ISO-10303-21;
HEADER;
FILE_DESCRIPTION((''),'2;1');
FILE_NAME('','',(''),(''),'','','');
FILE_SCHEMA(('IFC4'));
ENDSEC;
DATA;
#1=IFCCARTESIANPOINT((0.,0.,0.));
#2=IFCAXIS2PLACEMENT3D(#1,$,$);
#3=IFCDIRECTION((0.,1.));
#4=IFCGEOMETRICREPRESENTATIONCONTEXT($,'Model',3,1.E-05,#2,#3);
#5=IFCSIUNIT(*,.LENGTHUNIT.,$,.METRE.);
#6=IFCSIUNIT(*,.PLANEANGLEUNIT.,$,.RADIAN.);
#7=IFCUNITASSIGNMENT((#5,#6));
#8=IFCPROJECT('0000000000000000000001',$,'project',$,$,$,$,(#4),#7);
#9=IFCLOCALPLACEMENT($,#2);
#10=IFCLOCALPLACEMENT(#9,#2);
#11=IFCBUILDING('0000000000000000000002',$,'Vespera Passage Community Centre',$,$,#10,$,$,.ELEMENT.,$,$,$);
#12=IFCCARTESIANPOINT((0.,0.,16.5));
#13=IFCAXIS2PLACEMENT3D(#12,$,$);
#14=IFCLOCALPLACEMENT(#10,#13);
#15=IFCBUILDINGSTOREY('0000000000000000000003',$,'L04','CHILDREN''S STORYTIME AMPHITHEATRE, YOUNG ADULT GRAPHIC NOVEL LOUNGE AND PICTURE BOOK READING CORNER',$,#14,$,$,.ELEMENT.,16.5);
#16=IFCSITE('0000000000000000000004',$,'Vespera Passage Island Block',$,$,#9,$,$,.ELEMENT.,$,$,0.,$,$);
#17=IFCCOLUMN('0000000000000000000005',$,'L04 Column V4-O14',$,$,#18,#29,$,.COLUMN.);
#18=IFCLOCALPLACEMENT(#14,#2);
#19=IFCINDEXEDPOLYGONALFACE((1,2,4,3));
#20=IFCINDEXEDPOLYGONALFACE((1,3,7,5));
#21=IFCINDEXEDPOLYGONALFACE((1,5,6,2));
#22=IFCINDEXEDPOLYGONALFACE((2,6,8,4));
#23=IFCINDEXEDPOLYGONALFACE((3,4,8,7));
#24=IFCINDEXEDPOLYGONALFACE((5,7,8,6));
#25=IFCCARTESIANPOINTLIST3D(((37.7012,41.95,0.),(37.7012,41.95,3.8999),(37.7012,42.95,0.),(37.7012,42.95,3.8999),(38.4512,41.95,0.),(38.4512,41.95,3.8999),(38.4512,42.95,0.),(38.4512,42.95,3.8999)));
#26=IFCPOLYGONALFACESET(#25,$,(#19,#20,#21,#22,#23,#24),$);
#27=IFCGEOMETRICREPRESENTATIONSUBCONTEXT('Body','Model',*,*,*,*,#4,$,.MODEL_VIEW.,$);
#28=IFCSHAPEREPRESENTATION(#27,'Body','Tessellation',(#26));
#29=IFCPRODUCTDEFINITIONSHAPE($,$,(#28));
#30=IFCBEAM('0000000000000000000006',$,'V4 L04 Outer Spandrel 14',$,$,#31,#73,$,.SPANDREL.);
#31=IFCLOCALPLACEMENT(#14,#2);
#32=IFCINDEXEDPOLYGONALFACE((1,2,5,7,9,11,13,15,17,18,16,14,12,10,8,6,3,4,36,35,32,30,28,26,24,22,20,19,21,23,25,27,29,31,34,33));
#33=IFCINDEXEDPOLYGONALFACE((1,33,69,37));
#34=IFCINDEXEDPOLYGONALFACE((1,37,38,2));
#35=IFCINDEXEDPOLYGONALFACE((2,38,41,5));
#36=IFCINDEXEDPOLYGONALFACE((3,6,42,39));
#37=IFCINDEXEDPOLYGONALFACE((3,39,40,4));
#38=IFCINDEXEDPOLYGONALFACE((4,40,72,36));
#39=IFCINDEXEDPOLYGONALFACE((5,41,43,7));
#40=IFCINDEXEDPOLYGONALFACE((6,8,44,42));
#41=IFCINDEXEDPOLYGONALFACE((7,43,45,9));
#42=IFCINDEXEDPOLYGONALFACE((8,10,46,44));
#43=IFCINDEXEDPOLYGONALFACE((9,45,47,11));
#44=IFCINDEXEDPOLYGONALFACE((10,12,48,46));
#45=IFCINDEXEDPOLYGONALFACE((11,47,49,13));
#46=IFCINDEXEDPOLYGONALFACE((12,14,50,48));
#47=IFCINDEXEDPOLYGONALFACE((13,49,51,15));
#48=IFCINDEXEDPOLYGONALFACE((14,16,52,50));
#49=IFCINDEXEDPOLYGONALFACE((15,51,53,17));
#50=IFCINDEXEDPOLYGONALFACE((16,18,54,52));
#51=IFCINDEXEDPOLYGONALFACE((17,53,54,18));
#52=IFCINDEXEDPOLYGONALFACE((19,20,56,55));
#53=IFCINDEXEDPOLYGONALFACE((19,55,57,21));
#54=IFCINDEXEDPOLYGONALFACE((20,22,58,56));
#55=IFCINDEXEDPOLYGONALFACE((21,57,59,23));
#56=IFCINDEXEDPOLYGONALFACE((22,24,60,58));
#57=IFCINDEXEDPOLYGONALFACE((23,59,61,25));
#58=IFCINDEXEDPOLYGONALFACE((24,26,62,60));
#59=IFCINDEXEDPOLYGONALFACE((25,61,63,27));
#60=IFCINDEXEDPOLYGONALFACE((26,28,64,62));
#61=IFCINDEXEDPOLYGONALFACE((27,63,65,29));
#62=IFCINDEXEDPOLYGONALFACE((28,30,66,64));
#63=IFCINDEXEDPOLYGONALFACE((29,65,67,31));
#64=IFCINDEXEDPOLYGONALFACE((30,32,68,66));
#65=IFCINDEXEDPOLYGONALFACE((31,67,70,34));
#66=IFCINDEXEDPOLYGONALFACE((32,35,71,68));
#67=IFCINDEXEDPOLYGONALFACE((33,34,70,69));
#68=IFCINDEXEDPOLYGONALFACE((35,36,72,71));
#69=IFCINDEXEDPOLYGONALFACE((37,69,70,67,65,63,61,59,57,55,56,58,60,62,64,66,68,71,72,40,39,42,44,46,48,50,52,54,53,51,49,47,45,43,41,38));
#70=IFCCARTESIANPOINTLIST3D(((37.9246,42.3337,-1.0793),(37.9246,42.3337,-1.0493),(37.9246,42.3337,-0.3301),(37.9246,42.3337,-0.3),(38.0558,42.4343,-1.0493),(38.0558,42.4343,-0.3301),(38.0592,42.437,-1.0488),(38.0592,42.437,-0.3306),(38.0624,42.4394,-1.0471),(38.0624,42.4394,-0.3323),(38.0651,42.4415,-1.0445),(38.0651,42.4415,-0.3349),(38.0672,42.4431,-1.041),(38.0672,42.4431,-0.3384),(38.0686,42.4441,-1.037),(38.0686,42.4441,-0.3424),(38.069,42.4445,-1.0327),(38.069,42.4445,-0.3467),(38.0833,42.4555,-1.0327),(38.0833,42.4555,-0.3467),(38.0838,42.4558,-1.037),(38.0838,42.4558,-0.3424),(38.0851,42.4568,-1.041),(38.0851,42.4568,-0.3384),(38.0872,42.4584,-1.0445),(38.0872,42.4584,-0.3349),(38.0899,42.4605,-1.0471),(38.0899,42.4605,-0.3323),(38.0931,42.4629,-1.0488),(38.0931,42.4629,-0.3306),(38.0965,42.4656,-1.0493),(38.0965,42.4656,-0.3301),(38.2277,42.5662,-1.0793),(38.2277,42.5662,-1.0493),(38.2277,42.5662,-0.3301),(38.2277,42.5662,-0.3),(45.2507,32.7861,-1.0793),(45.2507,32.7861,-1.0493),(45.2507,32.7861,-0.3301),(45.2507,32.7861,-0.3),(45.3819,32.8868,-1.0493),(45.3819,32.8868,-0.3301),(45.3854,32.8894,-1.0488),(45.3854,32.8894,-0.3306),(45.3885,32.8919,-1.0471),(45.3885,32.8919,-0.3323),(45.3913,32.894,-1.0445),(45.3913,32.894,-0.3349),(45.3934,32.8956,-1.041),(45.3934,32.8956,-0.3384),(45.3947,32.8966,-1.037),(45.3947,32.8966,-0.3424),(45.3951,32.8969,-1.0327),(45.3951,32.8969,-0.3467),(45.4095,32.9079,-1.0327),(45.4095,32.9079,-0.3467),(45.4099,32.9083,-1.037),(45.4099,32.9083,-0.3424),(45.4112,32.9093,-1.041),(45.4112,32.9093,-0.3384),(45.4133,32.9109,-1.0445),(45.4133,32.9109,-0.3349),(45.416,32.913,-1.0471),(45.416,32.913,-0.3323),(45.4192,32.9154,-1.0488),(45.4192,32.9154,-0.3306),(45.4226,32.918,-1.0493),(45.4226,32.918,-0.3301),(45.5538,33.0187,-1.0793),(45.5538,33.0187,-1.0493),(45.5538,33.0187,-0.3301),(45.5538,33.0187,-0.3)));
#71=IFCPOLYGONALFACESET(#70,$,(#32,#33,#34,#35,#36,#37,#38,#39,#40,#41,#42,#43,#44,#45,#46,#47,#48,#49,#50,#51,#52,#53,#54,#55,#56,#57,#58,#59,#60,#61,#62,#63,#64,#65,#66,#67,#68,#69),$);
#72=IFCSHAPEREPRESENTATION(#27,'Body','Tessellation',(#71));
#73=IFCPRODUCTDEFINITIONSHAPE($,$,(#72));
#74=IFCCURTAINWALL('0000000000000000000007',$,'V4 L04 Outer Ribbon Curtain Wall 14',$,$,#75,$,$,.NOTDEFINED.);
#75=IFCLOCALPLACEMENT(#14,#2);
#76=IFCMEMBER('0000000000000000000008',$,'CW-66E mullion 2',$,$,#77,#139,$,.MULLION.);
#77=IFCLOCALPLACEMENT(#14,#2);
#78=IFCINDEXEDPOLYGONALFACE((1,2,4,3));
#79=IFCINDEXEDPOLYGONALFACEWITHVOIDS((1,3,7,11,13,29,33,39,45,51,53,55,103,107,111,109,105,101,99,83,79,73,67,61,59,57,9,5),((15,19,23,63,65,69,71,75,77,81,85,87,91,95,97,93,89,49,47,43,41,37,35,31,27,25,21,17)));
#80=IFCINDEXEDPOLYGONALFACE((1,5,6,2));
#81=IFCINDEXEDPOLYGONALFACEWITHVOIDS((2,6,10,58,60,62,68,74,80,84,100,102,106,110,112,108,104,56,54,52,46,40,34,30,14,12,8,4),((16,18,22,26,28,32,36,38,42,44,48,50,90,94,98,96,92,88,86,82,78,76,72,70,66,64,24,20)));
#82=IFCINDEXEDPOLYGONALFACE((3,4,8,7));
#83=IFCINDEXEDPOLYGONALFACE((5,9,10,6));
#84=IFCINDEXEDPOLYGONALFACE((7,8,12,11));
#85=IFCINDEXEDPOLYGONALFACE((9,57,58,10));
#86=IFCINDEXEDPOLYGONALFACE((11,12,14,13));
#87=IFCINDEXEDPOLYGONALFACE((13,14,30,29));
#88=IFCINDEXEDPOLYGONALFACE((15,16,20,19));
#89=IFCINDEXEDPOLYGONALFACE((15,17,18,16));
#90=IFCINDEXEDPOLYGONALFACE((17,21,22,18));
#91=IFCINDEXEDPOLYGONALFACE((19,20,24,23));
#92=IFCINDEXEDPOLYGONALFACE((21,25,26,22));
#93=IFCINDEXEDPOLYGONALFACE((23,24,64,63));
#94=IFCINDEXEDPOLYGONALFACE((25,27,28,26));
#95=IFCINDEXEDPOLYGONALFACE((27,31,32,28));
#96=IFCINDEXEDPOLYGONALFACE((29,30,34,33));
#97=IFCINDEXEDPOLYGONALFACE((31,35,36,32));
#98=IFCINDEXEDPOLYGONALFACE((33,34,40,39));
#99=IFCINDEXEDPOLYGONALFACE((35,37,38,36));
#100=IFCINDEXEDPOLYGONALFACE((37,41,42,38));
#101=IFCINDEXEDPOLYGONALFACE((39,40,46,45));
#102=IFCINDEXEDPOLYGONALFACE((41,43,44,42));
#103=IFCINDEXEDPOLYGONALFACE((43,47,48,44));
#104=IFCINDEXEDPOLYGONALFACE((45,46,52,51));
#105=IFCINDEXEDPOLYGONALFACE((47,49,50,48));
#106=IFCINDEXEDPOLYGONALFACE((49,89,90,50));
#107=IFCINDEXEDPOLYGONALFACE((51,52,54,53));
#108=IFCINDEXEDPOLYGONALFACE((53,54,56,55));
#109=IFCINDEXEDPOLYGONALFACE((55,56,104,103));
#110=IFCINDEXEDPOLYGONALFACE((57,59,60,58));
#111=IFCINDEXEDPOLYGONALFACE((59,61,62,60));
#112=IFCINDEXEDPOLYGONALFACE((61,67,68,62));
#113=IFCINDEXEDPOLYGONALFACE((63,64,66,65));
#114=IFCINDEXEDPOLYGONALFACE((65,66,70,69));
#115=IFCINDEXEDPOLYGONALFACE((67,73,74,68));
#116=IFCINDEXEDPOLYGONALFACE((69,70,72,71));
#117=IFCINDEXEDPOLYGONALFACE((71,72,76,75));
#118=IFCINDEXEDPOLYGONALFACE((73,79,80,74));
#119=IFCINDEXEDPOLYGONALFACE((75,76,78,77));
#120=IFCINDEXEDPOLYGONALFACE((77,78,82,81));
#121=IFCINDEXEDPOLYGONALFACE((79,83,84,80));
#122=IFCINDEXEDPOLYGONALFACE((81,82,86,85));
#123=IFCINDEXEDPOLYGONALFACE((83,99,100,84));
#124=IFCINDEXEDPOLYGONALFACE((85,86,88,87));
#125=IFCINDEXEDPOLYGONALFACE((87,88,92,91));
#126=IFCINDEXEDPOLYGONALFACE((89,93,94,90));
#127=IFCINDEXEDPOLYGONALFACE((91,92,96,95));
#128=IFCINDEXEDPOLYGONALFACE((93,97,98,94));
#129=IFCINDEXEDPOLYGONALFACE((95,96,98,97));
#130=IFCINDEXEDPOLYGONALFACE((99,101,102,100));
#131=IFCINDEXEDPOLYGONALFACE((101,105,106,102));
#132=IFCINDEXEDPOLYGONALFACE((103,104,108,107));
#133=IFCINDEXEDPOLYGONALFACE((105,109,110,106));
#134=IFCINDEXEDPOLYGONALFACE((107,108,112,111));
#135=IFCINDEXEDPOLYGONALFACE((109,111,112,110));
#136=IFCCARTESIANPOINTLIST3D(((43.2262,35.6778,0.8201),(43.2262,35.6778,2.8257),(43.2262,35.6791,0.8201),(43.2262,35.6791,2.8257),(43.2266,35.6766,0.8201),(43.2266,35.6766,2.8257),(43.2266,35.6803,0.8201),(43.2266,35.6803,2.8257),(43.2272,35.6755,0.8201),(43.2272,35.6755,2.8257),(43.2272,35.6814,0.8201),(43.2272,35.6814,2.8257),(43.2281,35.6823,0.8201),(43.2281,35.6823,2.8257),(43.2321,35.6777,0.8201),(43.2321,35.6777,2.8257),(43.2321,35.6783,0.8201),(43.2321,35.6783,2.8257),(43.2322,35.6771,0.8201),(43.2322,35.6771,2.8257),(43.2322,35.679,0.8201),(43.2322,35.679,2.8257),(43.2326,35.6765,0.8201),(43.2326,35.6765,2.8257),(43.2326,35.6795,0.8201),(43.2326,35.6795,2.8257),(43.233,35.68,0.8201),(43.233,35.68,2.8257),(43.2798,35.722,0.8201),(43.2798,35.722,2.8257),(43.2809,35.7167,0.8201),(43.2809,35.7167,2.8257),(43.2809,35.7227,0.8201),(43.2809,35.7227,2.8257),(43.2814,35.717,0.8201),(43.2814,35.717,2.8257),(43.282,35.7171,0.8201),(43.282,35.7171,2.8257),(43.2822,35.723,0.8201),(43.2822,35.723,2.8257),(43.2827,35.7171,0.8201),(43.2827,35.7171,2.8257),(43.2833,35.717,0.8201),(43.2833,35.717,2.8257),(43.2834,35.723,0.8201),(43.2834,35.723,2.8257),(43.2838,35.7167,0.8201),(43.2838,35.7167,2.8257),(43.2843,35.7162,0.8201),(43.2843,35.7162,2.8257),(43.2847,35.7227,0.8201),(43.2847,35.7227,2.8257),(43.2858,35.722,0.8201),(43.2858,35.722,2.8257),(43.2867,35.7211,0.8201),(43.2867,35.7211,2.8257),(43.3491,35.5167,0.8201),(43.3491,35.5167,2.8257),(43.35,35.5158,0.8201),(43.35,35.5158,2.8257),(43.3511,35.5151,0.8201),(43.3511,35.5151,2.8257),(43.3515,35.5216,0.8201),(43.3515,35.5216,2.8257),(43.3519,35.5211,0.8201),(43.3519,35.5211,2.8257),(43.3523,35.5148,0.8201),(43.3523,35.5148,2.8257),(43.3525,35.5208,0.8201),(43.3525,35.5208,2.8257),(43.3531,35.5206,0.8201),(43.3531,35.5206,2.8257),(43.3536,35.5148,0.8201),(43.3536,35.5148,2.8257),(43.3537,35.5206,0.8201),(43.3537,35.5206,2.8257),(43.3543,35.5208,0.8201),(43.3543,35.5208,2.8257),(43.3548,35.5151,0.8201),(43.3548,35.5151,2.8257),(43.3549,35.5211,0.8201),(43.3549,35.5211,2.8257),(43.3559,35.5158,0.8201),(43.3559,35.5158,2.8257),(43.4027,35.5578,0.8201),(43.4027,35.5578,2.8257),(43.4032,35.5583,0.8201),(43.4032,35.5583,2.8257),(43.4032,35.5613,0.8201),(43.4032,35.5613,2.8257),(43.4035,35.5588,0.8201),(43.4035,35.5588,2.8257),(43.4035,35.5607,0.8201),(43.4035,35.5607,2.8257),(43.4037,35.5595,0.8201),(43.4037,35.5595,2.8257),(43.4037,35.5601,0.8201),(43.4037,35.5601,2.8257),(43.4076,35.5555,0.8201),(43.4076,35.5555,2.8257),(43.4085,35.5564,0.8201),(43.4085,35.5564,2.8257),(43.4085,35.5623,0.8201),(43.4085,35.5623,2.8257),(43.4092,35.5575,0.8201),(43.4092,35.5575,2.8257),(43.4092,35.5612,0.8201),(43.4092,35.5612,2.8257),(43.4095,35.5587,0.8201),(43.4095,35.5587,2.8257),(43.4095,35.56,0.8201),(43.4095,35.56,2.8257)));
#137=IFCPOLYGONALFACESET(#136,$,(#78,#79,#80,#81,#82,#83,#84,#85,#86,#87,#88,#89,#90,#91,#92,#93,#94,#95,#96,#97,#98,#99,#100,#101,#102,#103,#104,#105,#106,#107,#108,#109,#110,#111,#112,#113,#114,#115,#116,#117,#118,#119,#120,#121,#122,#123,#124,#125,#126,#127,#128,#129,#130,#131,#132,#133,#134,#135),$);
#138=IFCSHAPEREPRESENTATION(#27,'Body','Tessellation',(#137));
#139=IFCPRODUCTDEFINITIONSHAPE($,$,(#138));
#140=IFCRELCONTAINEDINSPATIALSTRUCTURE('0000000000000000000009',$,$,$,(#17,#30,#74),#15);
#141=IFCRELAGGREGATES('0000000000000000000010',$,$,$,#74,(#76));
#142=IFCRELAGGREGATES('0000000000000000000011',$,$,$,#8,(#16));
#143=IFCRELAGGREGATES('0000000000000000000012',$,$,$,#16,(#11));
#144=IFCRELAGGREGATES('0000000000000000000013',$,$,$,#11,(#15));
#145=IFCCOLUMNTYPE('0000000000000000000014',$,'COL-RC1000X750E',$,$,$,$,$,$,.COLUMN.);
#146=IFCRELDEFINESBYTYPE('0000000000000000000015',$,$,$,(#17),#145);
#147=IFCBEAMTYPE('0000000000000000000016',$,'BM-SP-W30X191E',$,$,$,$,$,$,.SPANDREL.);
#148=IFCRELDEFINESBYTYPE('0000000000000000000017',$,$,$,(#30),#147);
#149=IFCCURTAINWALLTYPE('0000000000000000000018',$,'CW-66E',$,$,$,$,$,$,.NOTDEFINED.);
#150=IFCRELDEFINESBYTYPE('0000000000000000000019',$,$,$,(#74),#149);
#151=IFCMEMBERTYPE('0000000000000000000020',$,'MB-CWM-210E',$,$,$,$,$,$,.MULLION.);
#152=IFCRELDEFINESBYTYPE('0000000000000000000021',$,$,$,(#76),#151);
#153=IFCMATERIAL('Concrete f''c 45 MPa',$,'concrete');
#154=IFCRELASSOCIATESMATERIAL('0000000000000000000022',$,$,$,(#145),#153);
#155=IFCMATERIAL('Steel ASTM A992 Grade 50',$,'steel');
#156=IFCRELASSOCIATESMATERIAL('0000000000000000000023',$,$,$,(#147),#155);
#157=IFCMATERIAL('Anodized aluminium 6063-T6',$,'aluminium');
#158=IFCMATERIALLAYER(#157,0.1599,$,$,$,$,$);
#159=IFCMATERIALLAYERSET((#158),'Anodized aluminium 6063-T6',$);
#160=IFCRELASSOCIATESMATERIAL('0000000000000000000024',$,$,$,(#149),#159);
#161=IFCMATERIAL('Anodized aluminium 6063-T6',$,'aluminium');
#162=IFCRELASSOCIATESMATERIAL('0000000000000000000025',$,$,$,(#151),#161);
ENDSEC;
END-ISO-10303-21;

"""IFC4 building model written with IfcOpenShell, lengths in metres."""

from ifc_helpers import new_model, si_unit, direction, frame, origin, origin_2d, place, context, subcontext, project, spatial, rectangle, hollow_rectangle, i_section, extrude, material, layer, layer_set, material_profile, profile_set, type_object, element, aggregate, save


model = new_model("IFC4")

# Units and contexts
model_context = context("Model", 3, precision=1e-05, world=origin(), true_north=direction((0.0, 1.0)))
body_context = subcontext(model_context, "Body", "Model", "MODEL_VIEW")
ifc_project = project(units=[si_unit("LENGTHUNIT", "METRE"), si_unit("PLANEANGLEUNIT", "RADIAN")], contexts=[model_context])

# Site, building, storey
site_placement = place(None, origin())
site = spatial("IfcSite", under=ifc_project, at=site_placement, Name="Vespera Passage Island Block", CompositionType="ELEMENT", RefElevation=0.0)
building_placement = place(site_placement, origin())
building = spatial("IfcBuilding", under=site, at=building_placement, Name="Vespera Passage Community Centre", CompositionType="ELEMENT")
storey_placement = place(building_placement, frame((0.0, 0.0, 16.5)))
storey = spatial("IfcBuildingStorey", under=building, at=storey_placement, Name="L04", Description="CHILDREN'S STORYTIME AMPHITHEATRE, YOUNG ADULT GRAPHIC NOVEL LOUNGE AND PICTURE BOOK READING CORNER", CompositionType="ELEMENT", Elevation=16.5)

# Column
ifc_material_1 = material(Name="Concrete f'c 45 MPa", Category="concrete")
ifc_material_profile_1 = material_profile(ifc_material_1, rectangle(XDim=0.75, YDim=1.0, at=origin_2d()), Name="RC1000X750")
ifc_profile_set_1 = profile_set([ifc_material_profile_1], Name="Concrete f'c 45 MPa")
column_type = type_object("IfcColumnType", Name="COL-RC1000X750E", PredefinedType="COLUMN", material=ifc_profile_set_1)
column_placement = place(storey_placement, frame((38.0762, 42.45, 0.0), z_axis=(0.0, 0.0, 1.0), x_axis=(1.0, 0.0, 0.0)))
element("IfcColumn", 1, at=column_placement, inside=storey, type_object=column_type, Name="L04 Column V4-O14", PredefinedType="COLUMN", context=body_context, shape_type="SweptSolid", body=[
    extrude(rectangle(XDim=0.75, YDim=1.0, at=origin_2d()), origin(), (0.0, 0.0, 1.0), 3.8999),
])

# Beam
ifc_material_2 = material(Name="Steel ASTM A992 Grade 50", Category="steel")
ifc_material_profile_2 = material_profile(ifc_material_2, i_section(OverallWidth=0.3821, OverallDepth=0.7793, WebThickness=0.0181, FlangeThickness=0.03, FilletRadius=0.0166, at=origin_2d()), Name="W30X191")
ifc_profile_set_2 = profile_set([ifc_material_profile_2], Name="Steel ASTM A992 Grade 50")
beam_type = type_object("IfcBeamType", Name="BM-SP-W30X191E", PredefinedType="SPANDREL", material=ifc_profile_set_2)
beam_placement = place(storey_placement, frame((38.0762, 42.45, -0.6897), z_axis=(0.608763, -0.793352, 0.0), x_axis=(0.793352, 0.608763, 0.0)))
element("IfcBeam", 2, at=beam_placement, inside=storey, type_object=beam_type, Name="V4 L04 Outer Spandrel 14", PredefinedType="SPANDREL", context=body_context, shape_type="SweptSolid", body=[
    extrude(i_section(OverallWidth=0.3821, OverallDepth=0.7793, WebThickness=0.0181, FlangeThickness=0.03, FilletRadius=0.0166, at=origin_2d()), origin(), (0.0, 0.0, 1.0), 12.0344),
])

# Curtain wall, member
ifc_material_3 = material(Name="Anodized aluminium 6063-T6", Category="aluminium")
ifc_layer_1 = layer(ifc_material_3, 0.1599)
ifc_layer_set_1 = layer_set([ifc_layer_1], Name="Anodized aluminium 6063-T6")
curtain_wall_type = type_object("IfcCurtainWallType", Name="CW-66E", PredefinedType="NOTDEFINED", material=ifc_layer_set_1)
curtain_wall_placement = place(storey_placement, origin())
curtain_wall = element("IfcCurtainWall", 3, at=curtain_wall_placement, inside=storey, type_object=curtain_wall_type, Name="V4 L04 Outer Ribbon Curtain Wall 14", PredefinedType="NOTDEFINED")
ifc_material_4 = material(Name="Anodized aluminium 6063-T6", Category="aluminium")
ifc_material_profile_3 = material_profile(ifc_material_4, hollow_rectangle(XDim=0.075, YDim=0.21, WallThickness=0.0049, InnerFilletRadius=0.0024, OuterFilletRadius=0.0049, at=origin_2d()), Name="ALU210X75X5")
ifc_profile_set_3 = profile_set([ifc_material_profile_3], Name="Anodized aluminium 6063-T6")
member_type_1 = type_object("IfcMemberType", Name="MB-CWM-210E", PredefinedType="MULLION", material=ifc_profile_set_3)
member_1_placement = place(storey_placement, frame((43.3179, 35.6189, 0.8201), z_axis=(0.0, 0.0, 1.0), x_axis=(-0.79335, -0.608765, 0.0)))
member_1 = element("IfcMember", 4, at=member_1_placement, type_object=member_type_1, Name="CW-66E mullion 2", PredefinedType="MULLION", context=body_context, shape_type="SweptSolid", body=[
    extrude(hollow_rectangle(XDim=0.075, YDim=0.21, WallThickness=0.0049, InnerFilletRadius=0.0024, OuterFilletRadius=0.0049, at=origin_2d()), origin(), (0.0, 0.0, 1.0), 2.0056),
])
aggregate(curtain_wall, [member_1])

save(model, "model.ifc")
